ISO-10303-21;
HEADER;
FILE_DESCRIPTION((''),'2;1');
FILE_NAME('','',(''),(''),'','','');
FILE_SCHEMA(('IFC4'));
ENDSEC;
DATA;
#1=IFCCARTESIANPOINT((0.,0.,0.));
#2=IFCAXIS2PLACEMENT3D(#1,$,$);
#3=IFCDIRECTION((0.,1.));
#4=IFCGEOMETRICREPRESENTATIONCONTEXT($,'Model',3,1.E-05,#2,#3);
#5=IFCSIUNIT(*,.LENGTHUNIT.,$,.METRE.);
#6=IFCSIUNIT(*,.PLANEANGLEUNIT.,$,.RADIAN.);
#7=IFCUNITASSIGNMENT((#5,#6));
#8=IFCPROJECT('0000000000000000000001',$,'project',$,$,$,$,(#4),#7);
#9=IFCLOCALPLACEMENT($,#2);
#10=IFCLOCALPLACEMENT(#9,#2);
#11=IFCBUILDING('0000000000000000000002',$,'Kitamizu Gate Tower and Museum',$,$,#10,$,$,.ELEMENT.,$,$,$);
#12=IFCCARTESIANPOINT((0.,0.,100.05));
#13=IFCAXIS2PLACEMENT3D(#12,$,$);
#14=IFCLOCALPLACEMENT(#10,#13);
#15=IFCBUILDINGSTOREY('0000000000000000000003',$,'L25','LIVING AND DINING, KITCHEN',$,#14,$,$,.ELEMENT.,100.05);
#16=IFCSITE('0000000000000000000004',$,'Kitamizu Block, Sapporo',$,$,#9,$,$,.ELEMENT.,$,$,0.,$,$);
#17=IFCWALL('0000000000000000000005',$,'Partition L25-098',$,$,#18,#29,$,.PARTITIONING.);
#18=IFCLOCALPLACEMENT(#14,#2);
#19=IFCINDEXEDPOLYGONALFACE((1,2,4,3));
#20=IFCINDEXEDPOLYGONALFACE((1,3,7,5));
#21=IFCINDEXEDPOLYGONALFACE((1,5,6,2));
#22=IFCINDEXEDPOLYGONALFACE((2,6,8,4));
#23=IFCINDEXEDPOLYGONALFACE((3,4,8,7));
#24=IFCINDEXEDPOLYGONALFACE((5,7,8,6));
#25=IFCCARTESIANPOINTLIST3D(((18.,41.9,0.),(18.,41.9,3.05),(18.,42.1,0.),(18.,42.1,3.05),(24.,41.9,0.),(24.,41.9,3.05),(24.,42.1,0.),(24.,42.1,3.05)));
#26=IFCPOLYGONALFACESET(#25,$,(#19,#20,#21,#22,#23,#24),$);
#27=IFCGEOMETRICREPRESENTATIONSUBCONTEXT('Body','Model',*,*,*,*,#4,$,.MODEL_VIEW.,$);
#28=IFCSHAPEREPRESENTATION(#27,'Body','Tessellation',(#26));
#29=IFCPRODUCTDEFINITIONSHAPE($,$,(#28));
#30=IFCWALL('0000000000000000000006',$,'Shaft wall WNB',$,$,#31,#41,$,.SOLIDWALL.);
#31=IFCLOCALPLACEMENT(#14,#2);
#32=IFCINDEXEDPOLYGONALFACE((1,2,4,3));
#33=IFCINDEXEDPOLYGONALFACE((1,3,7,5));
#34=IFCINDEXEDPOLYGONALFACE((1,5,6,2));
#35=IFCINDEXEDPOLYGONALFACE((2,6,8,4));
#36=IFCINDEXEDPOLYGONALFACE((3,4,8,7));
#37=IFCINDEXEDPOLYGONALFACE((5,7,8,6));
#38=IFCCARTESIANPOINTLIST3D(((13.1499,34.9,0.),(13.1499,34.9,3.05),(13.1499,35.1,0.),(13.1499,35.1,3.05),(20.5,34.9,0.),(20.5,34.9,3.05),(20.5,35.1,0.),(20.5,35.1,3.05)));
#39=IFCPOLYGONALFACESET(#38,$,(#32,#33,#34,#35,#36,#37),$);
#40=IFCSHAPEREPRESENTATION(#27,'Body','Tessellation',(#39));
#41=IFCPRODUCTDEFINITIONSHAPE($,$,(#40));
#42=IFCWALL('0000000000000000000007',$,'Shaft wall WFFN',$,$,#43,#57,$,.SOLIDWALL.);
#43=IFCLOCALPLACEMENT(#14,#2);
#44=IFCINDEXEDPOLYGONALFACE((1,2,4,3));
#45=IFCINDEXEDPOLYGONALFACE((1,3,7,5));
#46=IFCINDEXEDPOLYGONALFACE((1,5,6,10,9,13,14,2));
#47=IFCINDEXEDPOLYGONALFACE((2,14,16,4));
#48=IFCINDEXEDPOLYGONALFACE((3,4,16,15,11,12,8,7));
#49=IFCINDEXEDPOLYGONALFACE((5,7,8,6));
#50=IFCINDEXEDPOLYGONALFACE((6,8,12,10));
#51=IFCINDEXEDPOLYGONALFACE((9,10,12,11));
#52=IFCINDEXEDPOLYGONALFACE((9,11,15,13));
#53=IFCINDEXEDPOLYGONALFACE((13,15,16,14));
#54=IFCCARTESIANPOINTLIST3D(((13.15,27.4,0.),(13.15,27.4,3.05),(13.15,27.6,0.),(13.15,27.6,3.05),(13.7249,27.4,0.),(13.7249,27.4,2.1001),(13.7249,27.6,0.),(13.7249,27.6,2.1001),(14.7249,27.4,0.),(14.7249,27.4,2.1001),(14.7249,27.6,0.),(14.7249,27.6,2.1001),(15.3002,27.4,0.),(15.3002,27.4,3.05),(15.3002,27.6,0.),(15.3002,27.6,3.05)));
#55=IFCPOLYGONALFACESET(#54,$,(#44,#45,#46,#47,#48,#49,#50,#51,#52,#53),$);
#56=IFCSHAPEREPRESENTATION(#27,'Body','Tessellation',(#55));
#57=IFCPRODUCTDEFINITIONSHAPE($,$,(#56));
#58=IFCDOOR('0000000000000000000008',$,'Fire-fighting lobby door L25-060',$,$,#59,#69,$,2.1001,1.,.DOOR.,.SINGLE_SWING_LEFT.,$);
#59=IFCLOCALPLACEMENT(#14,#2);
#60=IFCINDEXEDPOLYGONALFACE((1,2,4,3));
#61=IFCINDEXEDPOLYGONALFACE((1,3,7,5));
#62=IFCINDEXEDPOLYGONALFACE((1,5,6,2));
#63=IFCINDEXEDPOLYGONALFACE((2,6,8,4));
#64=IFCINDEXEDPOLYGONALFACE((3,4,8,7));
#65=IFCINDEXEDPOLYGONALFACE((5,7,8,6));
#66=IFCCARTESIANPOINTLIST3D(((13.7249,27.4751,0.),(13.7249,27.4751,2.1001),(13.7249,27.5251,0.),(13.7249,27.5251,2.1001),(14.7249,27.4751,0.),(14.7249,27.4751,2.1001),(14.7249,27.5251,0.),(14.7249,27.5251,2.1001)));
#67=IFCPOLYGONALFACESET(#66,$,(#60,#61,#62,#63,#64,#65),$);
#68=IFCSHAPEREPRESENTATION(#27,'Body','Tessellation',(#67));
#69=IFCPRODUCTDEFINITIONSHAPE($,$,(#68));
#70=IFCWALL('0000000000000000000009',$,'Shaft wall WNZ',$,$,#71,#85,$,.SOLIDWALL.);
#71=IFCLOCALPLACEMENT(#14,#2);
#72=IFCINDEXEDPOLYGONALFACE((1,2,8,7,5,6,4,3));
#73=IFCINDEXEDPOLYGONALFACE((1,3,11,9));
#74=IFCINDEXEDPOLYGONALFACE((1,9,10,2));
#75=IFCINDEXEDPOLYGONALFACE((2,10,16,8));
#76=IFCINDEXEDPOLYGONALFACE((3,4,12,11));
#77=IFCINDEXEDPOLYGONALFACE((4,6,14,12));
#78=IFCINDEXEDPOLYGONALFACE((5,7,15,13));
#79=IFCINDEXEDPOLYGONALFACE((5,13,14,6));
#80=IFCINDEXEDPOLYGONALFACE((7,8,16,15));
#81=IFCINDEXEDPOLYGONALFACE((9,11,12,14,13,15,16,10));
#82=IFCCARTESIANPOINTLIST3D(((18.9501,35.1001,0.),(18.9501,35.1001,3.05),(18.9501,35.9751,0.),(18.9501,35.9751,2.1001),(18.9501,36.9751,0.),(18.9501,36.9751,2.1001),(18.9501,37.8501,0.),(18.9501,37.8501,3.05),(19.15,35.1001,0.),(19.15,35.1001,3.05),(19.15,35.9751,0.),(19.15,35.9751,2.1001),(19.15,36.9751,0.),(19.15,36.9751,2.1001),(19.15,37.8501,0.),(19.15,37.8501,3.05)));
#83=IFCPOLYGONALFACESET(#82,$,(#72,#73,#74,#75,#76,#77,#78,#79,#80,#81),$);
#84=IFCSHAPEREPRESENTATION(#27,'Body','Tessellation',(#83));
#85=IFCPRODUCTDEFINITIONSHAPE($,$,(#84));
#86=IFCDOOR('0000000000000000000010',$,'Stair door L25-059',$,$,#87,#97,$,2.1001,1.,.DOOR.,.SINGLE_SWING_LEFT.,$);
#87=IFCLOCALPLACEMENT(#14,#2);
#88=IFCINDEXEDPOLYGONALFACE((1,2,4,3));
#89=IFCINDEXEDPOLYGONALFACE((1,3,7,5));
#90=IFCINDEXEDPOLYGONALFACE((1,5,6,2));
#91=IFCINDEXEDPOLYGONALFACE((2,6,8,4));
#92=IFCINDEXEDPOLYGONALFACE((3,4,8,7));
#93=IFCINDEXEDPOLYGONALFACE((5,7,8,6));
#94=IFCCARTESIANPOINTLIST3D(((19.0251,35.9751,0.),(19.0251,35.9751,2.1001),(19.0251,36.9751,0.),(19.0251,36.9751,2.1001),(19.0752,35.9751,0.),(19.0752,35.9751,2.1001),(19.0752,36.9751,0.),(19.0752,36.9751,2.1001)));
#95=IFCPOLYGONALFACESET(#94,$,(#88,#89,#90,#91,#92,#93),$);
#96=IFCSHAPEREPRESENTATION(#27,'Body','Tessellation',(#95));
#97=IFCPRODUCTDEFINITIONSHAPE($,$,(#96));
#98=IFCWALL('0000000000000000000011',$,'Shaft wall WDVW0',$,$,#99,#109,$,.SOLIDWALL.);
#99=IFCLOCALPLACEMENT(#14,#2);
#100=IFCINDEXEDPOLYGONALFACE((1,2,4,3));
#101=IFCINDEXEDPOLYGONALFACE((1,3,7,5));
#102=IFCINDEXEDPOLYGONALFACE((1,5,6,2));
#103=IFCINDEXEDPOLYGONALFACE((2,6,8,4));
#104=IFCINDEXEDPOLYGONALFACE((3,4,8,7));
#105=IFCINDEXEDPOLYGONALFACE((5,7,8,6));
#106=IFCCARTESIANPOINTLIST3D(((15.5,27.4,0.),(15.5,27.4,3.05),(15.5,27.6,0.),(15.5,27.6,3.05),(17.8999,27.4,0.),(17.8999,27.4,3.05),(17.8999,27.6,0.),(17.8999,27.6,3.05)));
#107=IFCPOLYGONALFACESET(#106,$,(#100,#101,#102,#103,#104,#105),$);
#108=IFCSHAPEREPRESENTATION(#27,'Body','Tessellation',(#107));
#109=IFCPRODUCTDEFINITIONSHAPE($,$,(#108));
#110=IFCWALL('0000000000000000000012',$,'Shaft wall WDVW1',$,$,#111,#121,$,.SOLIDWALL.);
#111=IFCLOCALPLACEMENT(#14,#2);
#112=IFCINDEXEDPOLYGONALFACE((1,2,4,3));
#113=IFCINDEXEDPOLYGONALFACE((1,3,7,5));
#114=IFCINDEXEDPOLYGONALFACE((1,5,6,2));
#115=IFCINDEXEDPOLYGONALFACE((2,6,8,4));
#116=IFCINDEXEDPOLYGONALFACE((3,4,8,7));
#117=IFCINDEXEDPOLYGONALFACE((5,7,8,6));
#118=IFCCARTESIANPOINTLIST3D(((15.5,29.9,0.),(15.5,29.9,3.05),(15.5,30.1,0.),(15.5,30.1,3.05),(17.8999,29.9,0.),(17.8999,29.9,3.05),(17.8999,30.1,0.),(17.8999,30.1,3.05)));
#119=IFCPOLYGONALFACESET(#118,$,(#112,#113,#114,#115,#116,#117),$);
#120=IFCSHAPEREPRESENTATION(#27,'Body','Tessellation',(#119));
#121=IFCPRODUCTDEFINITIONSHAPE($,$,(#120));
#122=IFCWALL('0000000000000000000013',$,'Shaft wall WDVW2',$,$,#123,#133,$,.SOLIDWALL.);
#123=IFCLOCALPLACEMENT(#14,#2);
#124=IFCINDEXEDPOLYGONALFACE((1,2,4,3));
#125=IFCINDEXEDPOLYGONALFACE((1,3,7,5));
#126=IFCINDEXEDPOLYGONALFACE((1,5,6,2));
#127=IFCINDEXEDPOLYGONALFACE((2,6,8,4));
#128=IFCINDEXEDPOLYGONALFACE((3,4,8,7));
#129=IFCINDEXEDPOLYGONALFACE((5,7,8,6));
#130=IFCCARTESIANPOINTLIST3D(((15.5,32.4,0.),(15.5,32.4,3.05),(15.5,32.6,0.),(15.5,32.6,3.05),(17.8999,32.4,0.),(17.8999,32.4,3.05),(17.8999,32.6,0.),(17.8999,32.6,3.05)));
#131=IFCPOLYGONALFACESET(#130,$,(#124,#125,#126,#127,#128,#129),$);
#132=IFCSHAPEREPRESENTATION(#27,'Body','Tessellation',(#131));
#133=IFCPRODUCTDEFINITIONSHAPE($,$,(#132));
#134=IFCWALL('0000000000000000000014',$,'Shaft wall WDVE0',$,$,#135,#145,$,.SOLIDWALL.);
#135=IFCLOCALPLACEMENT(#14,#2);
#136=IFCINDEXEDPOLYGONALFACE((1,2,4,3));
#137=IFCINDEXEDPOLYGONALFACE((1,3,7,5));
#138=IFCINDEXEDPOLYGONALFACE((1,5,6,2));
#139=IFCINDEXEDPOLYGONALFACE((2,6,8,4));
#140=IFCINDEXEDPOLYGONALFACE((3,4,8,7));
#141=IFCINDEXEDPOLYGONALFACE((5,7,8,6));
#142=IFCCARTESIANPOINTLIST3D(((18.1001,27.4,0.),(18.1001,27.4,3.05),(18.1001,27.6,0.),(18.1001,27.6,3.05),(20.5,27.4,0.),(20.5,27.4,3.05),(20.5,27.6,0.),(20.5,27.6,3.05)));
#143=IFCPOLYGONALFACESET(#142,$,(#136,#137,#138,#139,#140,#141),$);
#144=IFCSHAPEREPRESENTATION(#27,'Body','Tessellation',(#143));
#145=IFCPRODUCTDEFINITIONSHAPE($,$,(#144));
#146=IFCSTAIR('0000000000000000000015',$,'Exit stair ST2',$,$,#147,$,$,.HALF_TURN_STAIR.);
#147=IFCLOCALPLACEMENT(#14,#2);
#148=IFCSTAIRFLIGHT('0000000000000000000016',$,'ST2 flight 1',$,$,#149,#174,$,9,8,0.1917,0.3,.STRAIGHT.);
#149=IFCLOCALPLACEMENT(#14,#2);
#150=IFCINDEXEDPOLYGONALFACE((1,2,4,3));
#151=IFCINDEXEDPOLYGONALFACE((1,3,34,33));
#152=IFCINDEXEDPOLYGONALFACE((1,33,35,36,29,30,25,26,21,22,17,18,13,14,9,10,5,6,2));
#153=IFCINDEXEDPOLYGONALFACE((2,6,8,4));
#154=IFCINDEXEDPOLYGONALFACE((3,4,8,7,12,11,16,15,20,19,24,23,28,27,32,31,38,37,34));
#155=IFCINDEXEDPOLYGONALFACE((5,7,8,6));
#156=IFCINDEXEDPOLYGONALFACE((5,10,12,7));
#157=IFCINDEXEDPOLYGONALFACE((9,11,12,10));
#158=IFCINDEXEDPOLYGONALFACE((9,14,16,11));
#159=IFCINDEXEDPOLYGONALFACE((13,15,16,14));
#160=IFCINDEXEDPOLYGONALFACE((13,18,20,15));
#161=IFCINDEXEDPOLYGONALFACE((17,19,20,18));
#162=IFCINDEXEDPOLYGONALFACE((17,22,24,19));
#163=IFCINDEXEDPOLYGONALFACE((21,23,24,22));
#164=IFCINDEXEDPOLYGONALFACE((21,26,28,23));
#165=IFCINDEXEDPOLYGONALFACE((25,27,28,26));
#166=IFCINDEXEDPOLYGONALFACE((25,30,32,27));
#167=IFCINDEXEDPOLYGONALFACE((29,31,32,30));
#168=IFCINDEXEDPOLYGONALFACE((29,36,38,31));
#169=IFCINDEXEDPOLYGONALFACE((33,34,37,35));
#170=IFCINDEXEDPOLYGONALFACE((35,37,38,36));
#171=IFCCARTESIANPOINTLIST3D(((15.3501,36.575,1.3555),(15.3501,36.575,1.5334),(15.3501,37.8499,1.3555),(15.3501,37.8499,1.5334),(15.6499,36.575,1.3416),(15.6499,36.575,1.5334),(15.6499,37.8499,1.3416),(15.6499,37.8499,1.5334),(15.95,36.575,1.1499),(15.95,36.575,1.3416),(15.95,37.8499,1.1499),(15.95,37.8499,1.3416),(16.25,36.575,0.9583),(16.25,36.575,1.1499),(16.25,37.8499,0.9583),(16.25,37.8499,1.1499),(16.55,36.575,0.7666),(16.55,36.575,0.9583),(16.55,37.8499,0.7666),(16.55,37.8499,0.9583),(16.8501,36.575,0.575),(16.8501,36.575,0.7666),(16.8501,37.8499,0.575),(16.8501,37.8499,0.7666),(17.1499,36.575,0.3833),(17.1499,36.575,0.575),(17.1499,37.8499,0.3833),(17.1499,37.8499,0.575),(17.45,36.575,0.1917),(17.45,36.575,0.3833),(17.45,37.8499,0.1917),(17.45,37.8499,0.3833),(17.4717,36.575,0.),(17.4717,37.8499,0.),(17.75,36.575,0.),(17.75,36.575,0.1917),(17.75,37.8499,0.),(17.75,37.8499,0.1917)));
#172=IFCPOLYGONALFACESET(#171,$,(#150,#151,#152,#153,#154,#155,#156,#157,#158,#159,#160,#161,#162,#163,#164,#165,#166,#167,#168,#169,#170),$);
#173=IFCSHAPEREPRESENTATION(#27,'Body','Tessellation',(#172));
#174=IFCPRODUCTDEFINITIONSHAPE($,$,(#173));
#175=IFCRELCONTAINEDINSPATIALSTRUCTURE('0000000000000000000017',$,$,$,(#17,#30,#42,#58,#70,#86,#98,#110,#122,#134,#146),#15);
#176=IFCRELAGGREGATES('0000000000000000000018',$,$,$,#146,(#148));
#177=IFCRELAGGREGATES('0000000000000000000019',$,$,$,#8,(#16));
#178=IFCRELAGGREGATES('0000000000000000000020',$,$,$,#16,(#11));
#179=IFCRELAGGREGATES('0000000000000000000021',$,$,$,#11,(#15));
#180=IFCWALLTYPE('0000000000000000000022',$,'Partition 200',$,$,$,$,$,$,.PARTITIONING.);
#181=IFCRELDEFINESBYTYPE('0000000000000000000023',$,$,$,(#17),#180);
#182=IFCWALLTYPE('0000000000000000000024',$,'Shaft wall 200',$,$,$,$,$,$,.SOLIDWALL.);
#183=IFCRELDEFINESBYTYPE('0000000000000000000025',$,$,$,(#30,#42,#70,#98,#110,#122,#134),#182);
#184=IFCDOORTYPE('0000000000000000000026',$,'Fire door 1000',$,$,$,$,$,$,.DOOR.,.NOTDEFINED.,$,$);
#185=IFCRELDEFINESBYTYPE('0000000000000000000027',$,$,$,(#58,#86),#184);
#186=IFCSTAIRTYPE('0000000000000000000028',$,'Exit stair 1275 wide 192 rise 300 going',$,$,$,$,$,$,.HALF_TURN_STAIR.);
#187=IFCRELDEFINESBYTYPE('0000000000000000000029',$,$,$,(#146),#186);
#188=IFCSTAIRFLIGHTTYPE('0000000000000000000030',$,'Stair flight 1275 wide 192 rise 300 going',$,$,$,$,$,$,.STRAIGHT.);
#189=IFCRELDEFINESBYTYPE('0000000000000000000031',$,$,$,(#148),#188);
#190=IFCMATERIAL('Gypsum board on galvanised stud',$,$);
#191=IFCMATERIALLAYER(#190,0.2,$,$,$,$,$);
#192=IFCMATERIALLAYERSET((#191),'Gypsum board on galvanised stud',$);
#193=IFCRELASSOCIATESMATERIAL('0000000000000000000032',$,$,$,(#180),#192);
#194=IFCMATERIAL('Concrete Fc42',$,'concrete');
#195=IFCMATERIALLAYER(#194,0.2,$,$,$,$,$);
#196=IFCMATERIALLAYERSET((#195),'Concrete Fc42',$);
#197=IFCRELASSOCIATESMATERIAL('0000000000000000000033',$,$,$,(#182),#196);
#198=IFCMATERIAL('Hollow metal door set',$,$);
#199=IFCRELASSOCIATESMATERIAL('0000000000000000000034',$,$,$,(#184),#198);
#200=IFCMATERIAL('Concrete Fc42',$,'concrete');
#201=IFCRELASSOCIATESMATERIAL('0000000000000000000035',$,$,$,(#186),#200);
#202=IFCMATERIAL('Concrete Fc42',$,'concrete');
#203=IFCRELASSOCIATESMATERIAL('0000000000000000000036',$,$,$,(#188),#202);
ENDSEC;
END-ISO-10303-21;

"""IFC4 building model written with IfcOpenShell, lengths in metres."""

from ifc_helpers import new_model, si_unit, direction, frame, frame_2d, origin, place, context, subcontext, project, spatial, polyline, rectangle, outline, extrude, material, layer, layer_set, type_object, element, fill, aggregate, save


model = new_model("IFC4")

# Units and contexts
model_context = context("Model", 3, precision=1e-05, world=origin(), true_north=direction((0.0, 1.0)))
body_context = subcontext(model_context, "Body", "Model", "MODEL_VIEW")
ifc_project = project(units=[si_unit("LENGTHUNIT", "METRE"), si_unit("PLANEANGLEUNIT", "RADIAN")], contexts=[model_context])

# Site, building, storey
site_placement = place(None, origin())
site = spatial("IfcSite", under=ifc_project, at=site_placement, Name="Kitamizu Block, Sapporo", CompositionType="ELEMENT", RefElevation=0.0)
building_placement = place(site_placement, origin())
building = spatial("IfcBuilding", under=site, at=building_placement, Name="Kitamizu Gate Tower and Museum", CompositionType="ELEMENT")
storey_placement = place(building_placement, frame((0.0, 0.0, 100.05)))
storey = spatial("IfcBuildingStorey", under=building, at=storey_placement, Name="L25", Description="LIVING AND DINING, KITCHEN", CompositionType="ELEMENT", Elevation=100.05)

# Walls
ifc_material_1 = material(Name="Gypsum board on galvanised stud")
ifc_layer_1 = layer(ifc_material_1, 0.2)
ifc_layer_set_1 = layer_set([ifc_layer_1], Name="Gypsum board on galvanised stud")
wall_type_1 = type_object("IfcWallType", Name="Partition 200", PredefinedType="PARTITIONING", material=ifc_layer_set_1)
wall_1_placement = place(storey_placement, frame((18.0, 42.0, 0.0), z_axis=(0.0, 0.0, 1.0), x_axis=(1.0, 0.0, 0.0)))
element("IfcWall", 1, at=wall_1_placement, inside=storey, type_object=wall_type_1, Name="Partition L25-098", PredefinedType="PARTITIONING", context=body_context, shape_type="SweptSolid", body=[
    extrude(rectangle(XDim=6.0, YDim=0.2, at=frame_2d((3.0, 0.0))), origin(), (0.0, 0.0, 1.0), 3.05),
])
ifc_material_2 = material(Name="Concrete Fc42", Category="concrete")
ifc_layer_2 = layer(ifc_material_2, 0.2)
ifc_layer_set_2 = layer_set([ifc_layer_2], Name="Concrete Fc42")
wall_type_2 = type_object("IfcWallType", Name="Shaft wall 200", PredefinedType="SOLIDWALL", material=ifc_layer_set_2)
wall_2_placement = place(storey_placement, frame((13.1499, 35.0, 0.0), z_axis=(0.0, 0.0, 1.0), x_axis=(1.0, 0.0, 0.0)))
element("IfcWall", 2, at=wall_2_placement, inside=storey, type_object=wall_type_2, Name="Shaft wall WNB", PredefinedType="SOLIDWALL", context=body_context, shape_type="SweptSolid", body=[
    extrude(rectangle(XDim=7.3501, YDim=0.2, at=frame_2d((3.675, 0.0))), origin(), (0.0, 0.0, 1.0), 3.05),
])

# Walls, openings, doors
wall_3_placement = place(storey_placement, frame((13.1499, 27.5, 0.0), z_axis=(0.0, 0.0, 1.0), x_axis=(1.0, 0.0, 0.0)))
wall_3 = element("IfcWall", 3, at=wall_3_placement, inside=storey, type_object=wall_type_2, Name="Shaft wall WFFN", PredefinedType="SOLIDWALL", context=body_context, shape_type="SweptSolid", body=[
    extrude(rectangle(XDim=2.1501, YDim=0.2, at=frame_2d((1.0752, 0.0))), origin(), (0.0, 0.0, 1.0), 3.05),
])
opening_1_placement = place(wall_3_placement, frame((0.575, 0.0, 0.0)))
opening_1 = element("IfcOpeningElement", 4, at=opening_1_placement, cuts=wall_3, PredefinedType="OPENING", context=body_context, shape_type="SweptSolid", body=[
    extrude(rectangle(XDim=1.0, YDim=2.1001, at=frame_2d((0.5, 1.05))), frame((0.0, 0.1099, 0.0), z_axis=(0.0, -1.0, 0.0), x_axis=(1.0, 0.0, 0.0)), (0.0, 0.0, 1.0), 0.22),
])
ifc_material_3 = material(Name="Hollow metal door set")
door_type_1 = type_object("IfcDoorType", Name="Fire door 1000", OperationType="NOTDEFINED", PredefinedType="DOOR", material=ifc_material_3)
door_1_placement = place(opening_1_placement, frame((1.0, 0.0, 0.0), x_axis=(-1.0, 0.0, 0.0)))
door_1 = element("IfcDoor", 5, at=door_1_placement, inside=storey, type_object=door_type_1, Name="Fire-fighting lobby door L25-060", OperationType="SINGLE_SWING_LEFT", OverallHeight=2.1001, OverallWidth=1.0, PredefinedType="DOOR", context=body_context, shape_type="SweptSolid", body=[
    extrude(rectangle(XDim=1.0, YDim=2.1001, at=frame_2d((0.5, 1.05))), frame((0.0, 0.0249, 0.0), z_axis=(0.0, -1.0, 0.0), x_axis=(1.0, 0.0, 0.0)), (0.0, 0.0, 1.0), 0.05),
])
fill(opening_1, door_1)
wall_4_placement = place(storey_placement, frame((19.05, 35.1001, 0.0), z_axis=(0.0, 0.0, 1.0), x_axis=(0.0, 1.0, 0.0)))
wall_4 = element("IfcWall", 6, at=wall_4_placement, inside=storey, type_object=wall_type_2, Name="Shaft wall WNZ", PredefinedType="SOLIDWALL", context=body_context, shape_type="SweptSolid", body=[
    extrude(rectangle(XDim=2.75, YDim=0.2, at=frame_2d((1.375, 0.0))), origin(), (0.0, 0.0, 1.0), 3.05),
])
opening_2_placement = place(wall_4_placement, frame((0.875, 0.0, 0.0)))
opening_2 = element("IfcOpeningElement", 7, at=opening_2_placement, cuts=wall_4, PredefinedType="OPENING", context=body_context, shape_type="SweptSolid", body=[
    extrude(rectangle(XDim=1.0, YDim=2.1001, at=frame_2d((0.5, 1.05))), frame((0.0, 0.1099, 0.0), z_axis=(0.0, -1.0, 0.0), x_axis=(1.0, 0.0, 0.0)), (0.0, 0.0, 1.0), 0.22),
])
door_2_placement = place(opening_2_placement, origin())
door_2 = element("IfcDoor", 8, at=door_2_placement, inside=storey, type_object=door_type_1, Name="Stair door L25-059", OperationType="SINGLE_SWING_LEFT", OverallHeight=2.1001, OverallWidth=1.0, PredefinedType="DOOR", context=body_context, shape_type="SweptSolid", body=[
    extrude(rectangle(XDim=1.0, YDim=2.1001, at=frame_2d((0.5, 1.05))), frame((0.0, 0.0249, 0.0), z_axis=(0.0, -1.0, 0.0), x_axis=(1.0, 0.0, 0.0)), (0.0, 0.0, 1.0), 0.05),
])
fill(opening_2, door_2)

# Walls
for number, where, z_axis, x_axis, name in (
    (9, (15.5, 27.5, 0.0), (0.0, 0.0, 1.0), (1.0, 0.0, 0.0), "Shaft wall WDVW0"),
    (10, (15.5, 30.0, 0.0), (0.0, 0.0, 1.0), (1.0, 0.0, 0.0), "Shaft wall WDVW1"),
    (11, (15.5, 32.5, 0.0), (0.0, 0.0, 1.0), (1.0, 0.0, 0.0), "Shaft wall WDVW2"),
    (12, (18.1001, 27.5, 0.0), (0.0, 0.0, 1.0), (1.0, 0.0, 0.0), "Shaft wall WDVE0"),
):
    element("IfcWall", number, at=place(storey_placement, frame(where, z_axis=z_axis, x_axis=x_axis)), inside=storey, type_object=wall_type_2, Name=name, PredefinedType="SOLIDWALL", context=body_context, shape_type="SweptSolid", body=[
        extrude(rectangle(XDim=2.3999, YDim=0.2, at=frame_2d((1.2, 0.0))), origin(), (0.0, 0.0, 1.0), 3.05),
    ])

# Stair, stair flight
ifc_material_4 = material(Name="Concrete Fc42", Category="concrete")
stair_type = type_object("IfcStairType", Name="Exit stair 1275 wide 192 rise 300 going", PredefinedType="HALF_TURN_STAIR", material=ifc_material_4)
stair_placement = place(storey_placement, origin())
stair = element("IfcStair", 13, at=stair_placement, inside=storey, type_object=stair_type, Name="Exit stair ST2", PredefinedType="HALF_TURN_STAIR")
ifc_material_5 = material(Name="Concrete Fc42", Category="concrete")
stair_flight_type = type_object("IfcStairFlightType", Name="Stair flight 1275 wide 192 rise 300 going", PredefinedType="STRAIGHT", material=ifc_material_5)
stair_flight_1_placement = place(storey_placement, frame((17.75, 37.2124, 0.0), z_axis=(0.0, 0.0, 1.0), x_axis=(-1.0, 0.0, 0.0)))
stair_flight_1 = element("IfcStairFlight", 14, at=stair_flight_1_placement, type_object=stair_flight_type, Name="ST2 flight 1", NumberOfRisers=9, NumberOfTreads=8, PredefinedType="STRAIGHT", RiserHeight=0.1917, TreadLength=0.3, context=body_context, shape_type="SweptSolid", body=[
    extrude(outline(polyline([(0.0, 0.0), (0.0, 0.1917), (0.3, 0.1917), (0.3, 0.3833), (0.6001, 0.3833), (0.6001, 0.575), (0.8999, 0.575), (0.8999, 0.7666), (1.2, 0.7666), (1.2, 0.9583), (1.5, 0.9583), (1.5, 1.1499), (1.8, 1.1499), (1.8, 1.3416), (2.1001, 1.3416), (2.1001, 1.5334), (2.3999, 1.5334), (2.3999, 1.7251), (2.3999, 1.3555), (0.2783, 0.0), (0.0, 0.0)])), frame((0.0, 0.6375, 0.0), z_axis=(0.0, -1.0, 0.0), x_axis=(1.0, 0.0, 0.0)), (0.0, 0.0, 1.0), 1.2749),
])
aggregate(stair, [stair_flight_1])

save(model, "model.ifc")
